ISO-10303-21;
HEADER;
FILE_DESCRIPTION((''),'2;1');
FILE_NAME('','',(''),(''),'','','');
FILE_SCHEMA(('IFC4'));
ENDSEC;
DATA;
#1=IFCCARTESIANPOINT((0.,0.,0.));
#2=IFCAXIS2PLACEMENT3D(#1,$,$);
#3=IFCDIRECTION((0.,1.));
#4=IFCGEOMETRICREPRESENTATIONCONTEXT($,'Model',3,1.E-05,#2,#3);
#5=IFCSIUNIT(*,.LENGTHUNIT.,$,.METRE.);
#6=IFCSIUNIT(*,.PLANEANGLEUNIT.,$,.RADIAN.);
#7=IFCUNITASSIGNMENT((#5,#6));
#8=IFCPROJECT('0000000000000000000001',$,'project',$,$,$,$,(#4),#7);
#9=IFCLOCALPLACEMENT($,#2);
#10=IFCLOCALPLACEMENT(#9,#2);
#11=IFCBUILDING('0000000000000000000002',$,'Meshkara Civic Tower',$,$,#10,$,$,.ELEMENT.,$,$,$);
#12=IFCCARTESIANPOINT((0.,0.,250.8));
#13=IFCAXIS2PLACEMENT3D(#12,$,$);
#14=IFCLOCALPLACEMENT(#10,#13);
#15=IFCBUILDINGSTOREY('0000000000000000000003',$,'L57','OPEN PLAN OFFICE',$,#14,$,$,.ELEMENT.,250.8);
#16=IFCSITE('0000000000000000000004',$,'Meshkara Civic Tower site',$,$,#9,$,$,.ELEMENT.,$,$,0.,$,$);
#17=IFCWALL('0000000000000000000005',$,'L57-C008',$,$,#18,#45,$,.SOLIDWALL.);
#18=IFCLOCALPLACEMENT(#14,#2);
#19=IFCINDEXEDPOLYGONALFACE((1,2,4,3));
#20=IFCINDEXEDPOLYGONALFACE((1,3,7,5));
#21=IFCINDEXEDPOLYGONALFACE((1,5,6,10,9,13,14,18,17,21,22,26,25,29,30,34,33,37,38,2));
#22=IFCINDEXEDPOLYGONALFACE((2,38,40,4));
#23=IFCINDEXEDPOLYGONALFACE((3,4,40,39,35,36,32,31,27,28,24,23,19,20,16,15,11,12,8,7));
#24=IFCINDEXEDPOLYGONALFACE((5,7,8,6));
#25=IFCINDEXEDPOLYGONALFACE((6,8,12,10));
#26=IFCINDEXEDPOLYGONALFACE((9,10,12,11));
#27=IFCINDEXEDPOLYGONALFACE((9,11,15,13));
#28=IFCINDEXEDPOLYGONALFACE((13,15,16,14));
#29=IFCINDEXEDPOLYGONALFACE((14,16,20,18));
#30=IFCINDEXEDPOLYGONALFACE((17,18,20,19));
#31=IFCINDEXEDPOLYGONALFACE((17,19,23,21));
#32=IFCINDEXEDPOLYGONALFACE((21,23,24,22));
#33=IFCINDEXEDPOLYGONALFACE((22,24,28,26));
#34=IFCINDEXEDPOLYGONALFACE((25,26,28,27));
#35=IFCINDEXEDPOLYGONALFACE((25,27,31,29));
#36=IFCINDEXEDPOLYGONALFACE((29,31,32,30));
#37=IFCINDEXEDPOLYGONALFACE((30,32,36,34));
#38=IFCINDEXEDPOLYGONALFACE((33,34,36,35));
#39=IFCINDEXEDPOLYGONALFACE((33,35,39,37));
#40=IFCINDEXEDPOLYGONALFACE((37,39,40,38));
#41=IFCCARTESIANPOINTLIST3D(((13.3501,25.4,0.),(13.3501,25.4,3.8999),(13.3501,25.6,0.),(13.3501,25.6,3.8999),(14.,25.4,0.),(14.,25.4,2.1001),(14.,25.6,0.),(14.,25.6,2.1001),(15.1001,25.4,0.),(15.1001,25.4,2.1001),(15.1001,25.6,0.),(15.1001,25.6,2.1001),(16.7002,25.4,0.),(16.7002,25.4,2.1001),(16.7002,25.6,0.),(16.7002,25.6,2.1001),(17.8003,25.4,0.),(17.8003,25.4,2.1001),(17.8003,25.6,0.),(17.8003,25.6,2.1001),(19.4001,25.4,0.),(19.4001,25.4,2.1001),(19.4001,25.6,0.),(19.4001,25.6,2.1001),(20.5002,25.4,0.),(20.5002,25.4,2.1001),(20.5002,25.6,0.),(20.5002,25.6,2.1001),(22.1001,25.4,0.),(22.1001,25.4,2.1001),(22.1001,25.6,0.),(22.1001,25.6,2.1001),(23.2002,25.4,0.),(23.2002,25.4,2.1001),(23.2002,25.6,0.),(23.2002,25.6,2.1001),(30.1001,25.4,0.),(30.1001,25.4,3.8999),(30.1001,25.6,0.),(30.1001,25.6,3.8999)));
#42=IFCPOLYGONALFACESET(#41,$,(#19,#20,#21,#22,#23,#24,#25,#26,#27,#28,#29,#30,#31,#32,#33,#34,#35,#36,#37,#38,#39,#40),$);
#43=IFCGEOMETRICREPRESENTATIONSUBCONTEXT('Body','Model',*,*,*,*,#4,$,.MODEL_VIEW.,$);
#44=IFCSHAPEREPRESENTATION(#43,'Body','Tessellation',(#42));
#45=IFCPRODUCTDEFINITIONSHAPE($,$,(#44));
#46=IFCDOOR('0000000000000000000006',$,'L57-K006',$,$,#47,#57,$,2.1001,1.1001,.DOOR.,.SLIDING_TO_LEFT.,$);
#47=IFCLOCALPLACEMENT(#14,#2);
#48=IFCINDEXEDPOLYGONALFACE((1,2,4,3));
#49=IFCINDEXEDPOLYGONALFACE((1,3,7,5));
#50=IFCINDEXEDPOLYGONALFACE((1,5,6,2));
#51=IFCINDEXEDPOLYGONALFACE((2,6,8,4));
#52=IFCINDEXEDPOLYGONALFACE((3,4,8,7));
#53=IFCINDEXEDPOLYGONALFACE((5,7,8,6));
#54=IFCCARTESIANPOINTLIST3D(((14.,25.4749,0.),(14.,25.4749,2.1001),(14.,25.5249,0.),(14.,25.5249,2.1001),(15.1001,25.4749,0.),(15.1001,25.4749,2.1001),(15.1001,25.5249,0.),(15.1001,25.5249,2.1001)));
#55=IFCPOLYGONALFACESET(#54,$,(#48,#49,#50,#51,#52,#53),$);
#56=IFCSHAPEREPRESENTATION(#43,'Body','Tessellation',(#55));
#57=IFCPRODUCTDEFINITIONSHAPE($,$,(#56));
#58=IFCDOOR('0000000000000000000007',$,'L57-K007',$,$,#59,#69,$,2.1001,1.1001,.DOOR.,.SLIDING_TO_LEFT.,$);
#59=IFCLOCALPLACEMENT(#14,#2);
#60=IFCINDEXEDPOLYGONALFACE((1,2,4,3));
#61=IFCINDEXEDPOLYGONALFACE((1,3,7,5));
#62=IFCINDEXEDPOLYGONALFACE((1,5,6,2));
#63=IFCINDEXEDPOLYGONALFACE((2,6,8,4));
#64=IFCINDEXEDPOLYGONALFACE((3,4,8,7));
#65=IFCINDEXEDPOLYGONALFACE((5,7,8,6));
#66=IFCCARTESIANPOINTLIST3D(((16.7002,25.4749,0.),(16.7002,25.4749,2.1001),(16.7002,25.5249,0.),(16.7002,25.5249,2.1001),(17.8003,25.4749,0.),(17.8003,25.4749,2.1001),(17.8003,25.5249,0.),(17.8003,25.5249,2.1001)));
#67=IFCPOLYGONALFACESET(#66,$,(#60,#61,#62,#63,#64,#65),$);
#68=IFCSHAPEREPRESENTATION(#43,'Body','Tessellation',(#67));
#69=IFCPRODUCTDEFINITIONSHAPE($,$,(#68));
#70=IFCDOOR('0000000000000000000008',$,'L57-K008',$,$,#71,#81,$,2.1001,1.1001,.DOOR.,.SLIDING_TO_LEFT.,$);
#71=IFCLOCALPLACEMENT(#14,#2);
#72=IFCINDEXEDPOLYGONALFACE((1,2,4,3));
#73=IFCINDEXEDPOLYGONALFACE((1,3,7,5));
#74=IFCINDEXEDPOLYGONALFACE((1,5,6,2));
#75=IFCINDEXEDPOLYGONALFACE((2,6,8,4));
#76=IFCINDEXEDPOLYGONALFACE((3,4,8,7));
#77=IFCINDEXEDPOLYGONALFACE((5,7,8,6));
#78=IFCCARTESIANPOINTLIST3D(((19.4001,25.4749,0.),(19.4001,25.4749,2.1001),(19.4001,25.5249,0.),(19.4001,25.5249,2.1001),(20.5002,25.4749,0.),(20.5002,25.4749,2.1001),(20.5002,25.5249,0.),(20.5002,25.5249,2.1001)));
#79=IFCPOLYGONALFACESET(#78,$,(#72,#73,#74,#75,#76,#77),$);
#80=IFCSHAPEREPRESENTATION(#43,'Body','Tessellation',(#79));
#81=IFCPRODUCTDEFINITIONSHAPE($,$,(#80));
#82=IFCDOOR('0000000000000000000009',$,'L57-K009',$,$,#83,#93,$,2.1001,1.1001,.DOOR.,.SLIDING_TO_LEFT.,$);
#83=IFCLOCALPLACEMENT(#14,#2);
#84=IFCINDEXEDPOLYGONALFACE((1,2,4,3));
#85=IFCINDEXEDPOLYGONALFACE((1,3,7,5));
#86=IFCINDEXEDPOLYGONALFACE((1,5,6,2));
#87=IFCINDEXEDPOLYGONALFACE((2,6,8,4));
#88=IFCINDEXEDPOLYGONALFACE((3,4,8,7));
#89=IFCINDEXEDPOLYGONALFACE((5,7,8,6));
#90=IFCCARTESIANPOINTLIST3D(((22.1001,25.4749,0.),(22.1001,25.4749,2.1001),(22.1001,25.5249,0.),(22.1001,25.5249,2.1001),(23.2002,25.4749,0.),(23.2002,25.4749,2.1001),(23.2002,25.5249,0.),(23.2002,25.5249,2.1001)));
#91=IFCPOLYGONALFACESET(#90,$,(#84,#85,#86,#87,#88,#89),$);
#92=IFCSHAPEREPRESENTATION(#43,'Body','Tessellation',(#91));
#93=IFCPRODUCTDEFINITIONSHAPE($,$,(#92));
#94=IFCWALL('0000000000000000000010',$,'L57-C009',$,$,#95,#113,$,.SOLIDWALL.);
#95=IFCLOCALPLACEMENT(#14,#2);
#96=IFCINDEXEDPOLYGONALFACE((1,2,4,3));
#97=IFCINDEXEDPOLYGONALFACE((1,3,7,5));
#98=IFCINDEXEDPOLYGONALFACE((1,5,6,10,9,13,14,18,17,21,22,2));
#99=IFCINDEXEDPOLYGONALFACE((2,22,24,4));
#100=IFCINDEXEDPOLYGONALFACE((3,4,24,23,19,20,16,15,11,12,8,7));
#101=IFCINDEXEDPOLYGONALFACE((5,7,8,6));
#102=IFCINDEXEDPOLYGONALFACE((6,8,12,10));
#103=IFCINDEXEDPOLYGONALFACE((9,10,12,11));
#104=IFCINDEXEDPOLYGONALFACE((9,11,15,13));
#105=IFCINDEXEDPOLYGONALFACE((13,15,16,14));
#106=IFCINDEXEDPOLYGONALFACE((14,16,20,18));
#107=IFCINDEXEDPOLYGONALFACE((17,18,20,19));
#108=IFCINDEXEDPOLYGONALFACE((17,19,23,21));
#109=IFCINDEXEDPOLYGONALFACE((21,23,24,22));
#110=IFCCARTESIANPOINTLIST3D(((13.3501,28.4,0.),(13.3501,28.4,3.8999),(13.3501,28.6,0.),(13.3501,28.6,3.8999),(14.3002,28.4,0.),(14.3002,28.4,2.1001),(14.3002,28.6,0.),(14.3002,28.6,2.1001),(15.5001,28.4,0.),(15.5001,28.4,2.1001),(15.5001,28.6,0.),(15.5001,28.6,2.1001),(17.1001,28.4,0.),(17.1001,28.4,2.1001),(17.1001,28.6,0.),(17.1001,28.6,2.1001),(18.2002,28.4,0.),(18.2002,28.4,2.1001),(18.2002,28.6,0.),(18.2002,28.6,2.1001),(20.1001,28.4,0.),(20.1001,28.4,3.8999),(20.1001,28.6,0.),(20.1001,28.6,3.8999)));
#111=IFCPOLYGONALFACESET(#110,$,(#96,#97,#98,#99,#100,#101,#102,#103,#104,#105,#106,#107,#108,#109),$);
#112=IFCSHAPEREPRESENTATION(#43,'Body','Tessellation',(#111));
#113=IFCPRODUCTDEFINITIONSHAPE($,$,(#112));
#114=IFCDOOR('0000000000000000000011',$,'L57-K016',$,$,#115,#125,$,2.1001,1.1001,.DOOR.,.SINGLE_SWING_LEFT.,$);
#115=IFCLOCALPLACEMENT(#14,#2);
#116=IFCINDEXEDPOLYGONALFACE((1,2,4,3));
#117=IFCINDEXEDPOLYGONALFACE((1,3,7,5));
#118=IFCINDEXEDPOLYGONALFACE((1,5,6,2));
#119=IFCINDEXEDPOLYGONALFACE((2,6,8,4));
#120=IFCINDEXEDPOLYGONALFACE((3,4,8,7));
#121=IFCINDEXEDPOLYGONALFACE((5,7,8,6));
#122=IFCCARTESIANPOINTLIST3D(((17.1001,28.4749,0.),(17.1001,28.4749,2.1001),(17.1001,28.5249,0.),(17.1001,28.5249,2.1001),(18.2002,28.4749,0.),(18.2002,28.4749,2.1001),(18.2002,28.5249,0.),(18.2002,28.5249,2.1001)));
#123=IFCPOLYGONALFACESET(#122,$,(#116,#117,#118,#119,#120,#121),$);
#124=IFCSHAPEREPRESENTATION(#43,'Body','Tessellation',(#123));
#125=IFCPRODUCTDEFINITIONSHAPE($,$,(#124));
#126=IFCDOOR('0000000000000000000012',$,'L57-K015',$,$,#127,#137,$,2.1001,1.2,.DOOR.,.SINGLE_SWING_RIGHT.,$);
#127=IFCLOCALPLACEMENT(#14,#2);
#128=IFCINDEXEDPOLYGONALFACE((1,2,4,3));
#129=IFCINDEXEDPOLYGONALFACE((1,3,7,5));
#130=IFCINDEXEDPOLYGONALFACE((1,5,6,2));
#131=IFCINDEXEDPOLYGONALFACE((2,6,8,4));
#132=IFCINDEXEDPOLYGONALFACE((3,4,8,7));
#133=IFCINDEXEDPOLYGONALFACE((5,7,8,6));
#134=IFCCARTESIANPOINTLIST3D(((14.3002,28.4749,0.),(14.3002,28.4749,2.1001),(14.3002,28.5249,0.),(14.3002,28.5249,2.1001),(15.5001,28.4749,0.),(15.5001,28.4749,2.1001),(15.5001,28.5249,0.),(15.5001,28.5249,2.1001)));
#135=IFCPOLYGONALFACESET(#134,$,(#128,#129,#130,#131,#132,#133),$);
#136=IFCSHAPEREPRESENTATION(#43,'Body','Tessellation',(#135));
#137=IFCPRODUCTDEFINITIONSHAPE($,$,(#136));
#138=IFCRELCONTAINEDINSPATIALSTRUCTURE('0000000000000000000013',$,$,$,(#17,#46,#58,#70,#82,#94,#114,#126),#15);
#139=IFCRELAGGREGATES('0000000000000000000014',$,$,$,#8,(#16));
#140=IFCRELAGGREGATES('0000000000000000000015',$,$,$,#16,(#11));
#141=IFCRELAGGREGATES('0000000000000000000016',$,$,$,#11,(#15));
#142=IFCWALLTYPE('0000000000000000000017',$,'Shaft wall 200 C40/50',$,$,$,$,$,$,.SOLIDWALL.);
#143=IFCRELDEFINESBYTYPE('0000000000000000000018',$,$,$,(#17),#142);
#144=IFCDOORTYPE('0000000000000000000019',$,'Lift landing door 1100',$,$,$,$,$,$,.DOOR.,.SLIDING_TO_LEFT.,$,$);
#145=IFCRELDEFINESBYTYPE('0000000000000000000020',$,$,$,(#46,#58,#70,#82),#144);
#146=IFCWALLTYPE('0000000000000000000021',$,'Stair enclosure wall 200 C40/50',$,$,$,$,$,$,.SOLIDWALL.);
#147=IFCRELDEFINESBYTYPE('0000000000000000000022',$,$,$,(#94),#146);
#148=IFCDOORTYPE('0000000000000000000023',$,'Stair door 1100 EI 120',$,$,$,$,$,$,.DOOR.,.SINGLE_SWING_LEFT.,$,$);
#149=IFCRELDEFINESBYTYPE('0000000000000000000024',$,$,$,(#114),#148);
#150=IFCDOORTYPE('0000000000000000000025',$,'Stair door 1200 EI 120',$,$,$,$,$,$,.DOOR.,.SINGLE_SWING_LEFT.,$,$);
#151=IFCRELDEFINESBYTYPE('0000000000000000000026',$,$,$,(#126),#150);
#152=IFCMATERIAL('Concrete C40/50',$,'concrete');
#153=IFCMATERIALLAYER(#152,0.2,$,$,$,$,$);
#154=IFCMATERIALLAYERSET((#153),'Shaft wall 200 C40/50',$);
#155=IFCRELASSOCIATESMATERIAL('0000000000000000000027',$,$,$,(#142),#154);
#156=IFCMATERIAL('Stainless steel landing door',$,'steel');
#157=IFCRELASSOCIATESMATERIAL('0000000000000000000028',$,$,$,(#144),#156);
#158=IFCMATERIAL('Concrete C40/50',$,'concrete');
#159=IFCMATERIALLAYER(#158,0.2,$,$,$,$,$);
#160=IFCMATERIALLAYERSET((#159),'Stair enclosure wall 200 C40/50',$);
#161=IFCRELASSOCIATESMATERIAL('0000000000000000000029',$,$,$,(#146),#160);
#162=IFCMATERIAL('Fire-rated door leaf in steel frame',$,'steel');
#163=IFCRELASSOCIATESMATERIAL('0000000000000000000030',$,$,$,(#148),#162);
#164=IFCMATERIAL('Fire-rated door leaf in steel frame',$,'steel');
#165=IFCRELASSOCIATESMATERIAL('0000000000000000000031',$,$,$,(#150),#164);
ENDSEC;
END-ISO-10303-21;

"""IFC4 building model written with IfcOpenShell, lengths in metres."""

from ifc_helpers import new_model, si_unit, direction, frame, frame_2d, origin, place, context, subcontext, project, spatial, rectangle, extrude, material, layer, layer_set, type_object, element, fill, save


model = new_model("IFC4")

# Units and contexts
model_context = context("Model", 3, precision=1e-05, world=origin(), true_north=direction((0.0, 1.0)))
body_context = subcontext(model_context, "Body", "Model", "MODEL_VIEW")
ifc_project = project(units=[si_unit("LENGTHUNIT", "METRE"), si_unit("PLANEANGLEUNIT", "RADIAN")], contexts=[model_context])

# Site, building, storey
site_placement = place(None, origin())
site = spatial("IfcSite", under=ifc_project, at=site_placement, Name="Meshkara Civic Tower site", CompositionType="ELEMENT", RefElevation=0.0)
building_placement = place(site_placement, origin())
building = spatial("IfcBuilding", under=site, at=building_placement, Name="Meshkara Civic Tower", CompositionType="ELEMENT")
storey_placement = place(building_placement, frame((0.0, 0.0, 250.8)))
storey = spatial("IfcBuildingStorey", under=building, at=storey_placement, Name="L57", Description="OPEN PLAN OFFICE", CompositionType="ELEMENT", Elevation=250.8)

# Walls, openings, doors
ifc_material_1 = material(Name="Concrete C40/50", Category="concrete")
ifc_layer_1 = layer(ifc_material_1, 0.2)
ifc_layer_set_1 = layer_set([ifc_layer_1], Name="Shaft wall 200 C40/50")
wall_type_1 = type_object("IfcWallType", Name="Shaft wall 200 C40/50", PredefinedType="SOLIDWALL", material=ifc_layer_set_1)
wall_1_placement = place(storey_placement, frame((13.3501, 25.5, 0.0), z_axis=(0.0, 0.0, 1.0), x_axis=(1.0, 0.0, 0.0)))
wall_1 = element("IfcWall", 1, at=wall_1_placement, inside=storey, type_object=wall_type_1, Name="L57-C008", PredefinedType="SOLIDWALL", context=body_context, shape_type="SweptSolid", body=[
    extrude(rectangle(XDim=16.75, YDim=0.2, at=frame_2d((8.375, 0.0))), origin(), (0.0, 0.0, 1.0), 3.8999),
])
opening_1_placement = place(wall_1_placement, frame((0.6499, 0.0, 0.0)))
opening_1 = element("IfcOpeningElement", 2, at=opening_1_placement, cuts=wall_1, PredefinedType="OPENING", context=body_context, shape_type="SweptSolid", body=[
    extrude(rectangle(XDim=1.1001, YDim=2.1001, at=frame_2d((0.55, 1.05))), frame((0.0, 0.1099, 0.0), z_axis=(0.0, -1.0, 0.0), x_axis=(1.0, 0.0, 0.0)), (0.0, 0.0, 1.0), 0.22),
])
opening_2_placement = place(wall_1_placement, frame((3.3501, 0.0, 0.0)))
opening_2 = element("IfcOpeningElement", 3, at=opening_2_placement, cuts=wall_1, PredefinedType="OPENING", context=body_context, shape_type="SweptSolid", body=[
    extrude(rectangle(XDim=1.1001, YDim=2.1001, at=frame_2d((0.55, 1.05))), frame((0.0, 0.1099, 0.0), z_axis=(0.0, -1.0, 0.0), x_axis=(1.0, 0.0, 0.0)), (0.0, 0.0, 1.0), 0.22),
])
opening_3_placement = place(wall_1_placement, frame((6.05, 0.0, 0.0)))
opening_3 = element("IfcOpeningElement", 4, at=opening_3_placement, cuts=wall_1, PredefinedType="OPENING", context=body_context, shape_type="SweptSolid", body=[
    extrude(rectangle(XDim=1.1001, YDim=2.1001, at=frame_2d((0.55, 1.05))), frame((0.0, 0.1099, 0.0), z_axis=(0.0, -1.0, 0.0), x_axis=(1.0, 0.0, 0.0)), (0.0, 0.0, 1.0), 0.22),
])
opening_4_placement = place(wall_1_placement, frame((8.75, 0.0, 0.0)))
opening_4 = element("IfcOpeningElement", 5, at=opening_4_placement, cuts=wall_1, PredefinedType="OPENING", context=body_context, shape_type="SweptSolid", body=[
    extrude(rectangle(XDim=1.1001, YDim=2.1001, at=frame_2d((0.55, 1.05))), frame((0.0, 0.1099, 0.0), z_axis=(0.0, -1.0, 0.0), x_axis=(1.0, 0.0, 0.0)), (0.0, 0.0, 1.0), 0.22),
])
ifc_material_2 = material(Name="Stainless steel landing door", Category="steel")
door_type_1 = type_object("IfcDoorType", Name="Lift landing door 1100", OperationType="SLIDING_TO_LEFT", PredefinedType="DOOR", material=ifc_material_2)
door_1_placement = place(opening_1_placement, origin())
door_1 = element("IfcDoor", 6, at=door_1_placement, inside=storey, type_object=door_type_1, Name="L57-K006", OperationType="SLIDING_TO_LEFT", OverallHeight=2.1001, OverallWidth=1.1001, PredefinedType="DOOR", context=body_context, shape_type="SweptSolid", body=[
    extrude(rectangle(XDim=1.1001, YDim=2.1001, at=frame_2d((0.55, 1.05))), frame((0.0, 0.0249, 0.0), z_axis=(0.0, -1.0, 0.0), x_axis=(1.0, 0.0, 0.0)), (0.0, 0.0, 1.0), 0.05),
])
fill(opening_1, door_1)
door_2_placement = place(opening_2_placement, origin())
door_2 = element("IfcDoor", 7, at=door_2_placement, inside=storey, type_object=door_type_1, Name="L57-K007", OperationType="SLIDING_TO_LEFT", OverallHeight=2.1001, OverallWidth=1.1001, PredefinedType="DOOR", context=body_context, shape_type="SweptSolid", body=[
    extrude(rectangle(XDim=1.1001, YDim=2.1001, at=frame_2d((0.55, 1.05))), frame((0.0, 0.0249, 0.0), z_axis=(0.0, -1.0, 0.0), x_axis=(1.0, 0.0, 0.0)), (0.0, 0.0, 1.0), 0.05),
])
fill(opening_2, door_2)
door_3_placement = place(opening_3_placement, origin())
door_3 = element("IfcDoor", 8, at=door_3_placement, inside=storey, type_object=door_type_1, Name="L57-K008", OperationType="SLIDING_TO_LEFT", OverallHeight=2.1001, OverallWidth=1.1001, PredefinedType="DOOR", context=body_context, shape_type="SweptSolid", body=[
    extrude(rectangle(XDim=1.1001, YDim=2.1001, at=frame_2d((0.55, 1.05))), frame((0.0, 0.0249, 0.0), z_axis=(0.0, -1.0, 0.0), x_axis=(1.0, 0.0, 0.0)), (0.0, 0.0, 1.0), 0.05),
])
fill(opening_3, door_3)
door_4_placement = place(opening_4_placement, origin())
door_4 = element("IfcDoor", 9, at=door_4_placement, inside=storey, type_object=door_type_1, Name="L57-K009", OperationType="SLIDING_TO_LEFT", OverallHeight=2.1001, OverallWidth=1.1001, PredefinedType="DOOR", context=body_context, shape_type="SweptSolid", body=[
    extrude(rectangle(XDim=1.1001, YDim=2.1001, at=frame_2d((0.55, 1.05))), frame((0.0, 0.0249, 0.0), z_axis=(0.0, -1.0, 0.0), x_axis=(1.0, 0.0, 0.0)), (0.0, 0.0, 1.0), 0.05),
])
fill(opening_4, door_4)
ifc_material_3 = material(Name="Concrete C40/50", Category="concrete")
ifc_layer_2 = layer(ifc_material_3, 0.2)
ifc_layer_set_2 = layer_set([ifc_layer_2], Name="Stair enclosure wall 200 C40/50")
wall_type_2 = type_object("IfcWallType", Name="Stair enclosure wall 200 C40/50", PredefinedType="SOLIDWALL", material=ifc_layer_set_2)
wall_2_placement = place(storey_placement, frame((13.3501, 28.5, 0.0), z_axis=(0.0, 0.0, 1.0), x_axis=(1.0, 0.0, 0.0)))
wall_2 = element("IfcWall", 10, at=wall_2_placement, inside=storey, type_object=wall_type_2, Name="L57-C009", PredefinedType="SOLIDWALL", context=body_context, shape_type="SweptSolid", body=[
    extrude(rectangle(XDim=6.75, YDim=0.2, at=frame_2d((3.375, 0.0))), origin(), (0.0, 0.0, 1.0), 3.8999),
])
opening_5_placement = place(wall_2_placement, frame((0.95, 0.0, 0.0)))
opening_5 = element("IfcOpeningElement", 11, at=opening_5_placement, cuts=wall_2, PredefinedType="OPENING", context=body_context, shape_type="SweptSolid", body=[
    extrude(rectangle(XDim=1.2, YDim=2.1001, at=frame_2d((0.6001, 1.05))), frame((0.0, 0.1099, 0.0), z_axis=(0.0, -1.0, 0.0), x_axis=(1.0, 0.0, 0.0)), (0.0, 0.0, 1.0), 0.22),
])
opening_6_placement = place(wall_2_placement, frame((3.75, 0.0, 0.0)))
opening_6 = element("IfcOpeningElement", 12, at=opening_6_placement, cuts=wall_2, PredefinedType="OPENING", context=body_context, shape_type="SweptSolid", body=[
    extrude(rectangle(XDim=1.1001, YDim=2.1001, at=frame_2d((0.55, 1.05))), frame((0.0, 0.1099, 0.0), z_axis=(0.0, -1.0, 0.0), x_axis=(1.0, 0.0, 0.0)), (0.0, 0.0, 1.0), 0.22),
])
ifc_material_4 = material(Name="Fire-rated door leaf in steel frame", Category="steel")
door_type_2 = type_object("IfcDoorType", Name="Stair door 1100 EI 120", OperationType="SINGLE_SWING_LEFT", PredefinedType="DOOR", material=ifc_material_4)
door_5_placement = place(opening_6_placement, origin())
door_5 = element("IfcDoor", 13, at=door_5_placement, inside=storey, type_object=door_type_2, Name="L57-K016", OperationType="SINGLE_SWING_LEFT", OverallHeight=2.1001, OverallWidth=1.1001, PredefinedType="DOOR", context=body_context, shape_type="SweptSolid", body=[
    extrude(rectangle(XDim=1.1001, YDim=2.1001, at=frame_2d((0.55, 1.05))), frame((0.0, 0.0249, 0.0), z_axis=(0.0, -1.0, 0.0), x_axis=(1.0, 0.0, 0.0)), (0.0, 0.0, 1.0), 0.05),
])
fill(opening_6, door_5)
ifc_material_5 = material(Name="Fire-rated door leaf in steel frame", Category="steel")
door_type_3 = type_object("IfcDoorType", Name="Stair door 1200 EI 120", OperationType="SINGLE_SWING_LEFT", PredefinedType="DOOR", material=ifc_material_5)
door_6_placement = place(opening_5_placement, origin())
door_6 = element("IfcDoor", 14, at=door_6_placement, inside=storey, type_object=door_type_3, Name="L57-K015", OperationType="SINGLE_SWING_RIGHT", OverallHeight=2.1001, OverallWidth=1.2, PredefinedType="DOOR", context=body_context, shape_type="SweptSolid", body=[
    extrude(rectangle(XDim=1.2, YDim=2.1001, at=frame_2d((0.6001, 1.05))), frame((0.0, 0.0249, 0.0), z_axis=(0.0, -1.0, 0.0), x_axis=(1.0, 0.0, 0.0)), (0.0, 0.0, 1.0), 0.05),
])
fill(opening_5, door_6)

save(model, "model.ifc")
